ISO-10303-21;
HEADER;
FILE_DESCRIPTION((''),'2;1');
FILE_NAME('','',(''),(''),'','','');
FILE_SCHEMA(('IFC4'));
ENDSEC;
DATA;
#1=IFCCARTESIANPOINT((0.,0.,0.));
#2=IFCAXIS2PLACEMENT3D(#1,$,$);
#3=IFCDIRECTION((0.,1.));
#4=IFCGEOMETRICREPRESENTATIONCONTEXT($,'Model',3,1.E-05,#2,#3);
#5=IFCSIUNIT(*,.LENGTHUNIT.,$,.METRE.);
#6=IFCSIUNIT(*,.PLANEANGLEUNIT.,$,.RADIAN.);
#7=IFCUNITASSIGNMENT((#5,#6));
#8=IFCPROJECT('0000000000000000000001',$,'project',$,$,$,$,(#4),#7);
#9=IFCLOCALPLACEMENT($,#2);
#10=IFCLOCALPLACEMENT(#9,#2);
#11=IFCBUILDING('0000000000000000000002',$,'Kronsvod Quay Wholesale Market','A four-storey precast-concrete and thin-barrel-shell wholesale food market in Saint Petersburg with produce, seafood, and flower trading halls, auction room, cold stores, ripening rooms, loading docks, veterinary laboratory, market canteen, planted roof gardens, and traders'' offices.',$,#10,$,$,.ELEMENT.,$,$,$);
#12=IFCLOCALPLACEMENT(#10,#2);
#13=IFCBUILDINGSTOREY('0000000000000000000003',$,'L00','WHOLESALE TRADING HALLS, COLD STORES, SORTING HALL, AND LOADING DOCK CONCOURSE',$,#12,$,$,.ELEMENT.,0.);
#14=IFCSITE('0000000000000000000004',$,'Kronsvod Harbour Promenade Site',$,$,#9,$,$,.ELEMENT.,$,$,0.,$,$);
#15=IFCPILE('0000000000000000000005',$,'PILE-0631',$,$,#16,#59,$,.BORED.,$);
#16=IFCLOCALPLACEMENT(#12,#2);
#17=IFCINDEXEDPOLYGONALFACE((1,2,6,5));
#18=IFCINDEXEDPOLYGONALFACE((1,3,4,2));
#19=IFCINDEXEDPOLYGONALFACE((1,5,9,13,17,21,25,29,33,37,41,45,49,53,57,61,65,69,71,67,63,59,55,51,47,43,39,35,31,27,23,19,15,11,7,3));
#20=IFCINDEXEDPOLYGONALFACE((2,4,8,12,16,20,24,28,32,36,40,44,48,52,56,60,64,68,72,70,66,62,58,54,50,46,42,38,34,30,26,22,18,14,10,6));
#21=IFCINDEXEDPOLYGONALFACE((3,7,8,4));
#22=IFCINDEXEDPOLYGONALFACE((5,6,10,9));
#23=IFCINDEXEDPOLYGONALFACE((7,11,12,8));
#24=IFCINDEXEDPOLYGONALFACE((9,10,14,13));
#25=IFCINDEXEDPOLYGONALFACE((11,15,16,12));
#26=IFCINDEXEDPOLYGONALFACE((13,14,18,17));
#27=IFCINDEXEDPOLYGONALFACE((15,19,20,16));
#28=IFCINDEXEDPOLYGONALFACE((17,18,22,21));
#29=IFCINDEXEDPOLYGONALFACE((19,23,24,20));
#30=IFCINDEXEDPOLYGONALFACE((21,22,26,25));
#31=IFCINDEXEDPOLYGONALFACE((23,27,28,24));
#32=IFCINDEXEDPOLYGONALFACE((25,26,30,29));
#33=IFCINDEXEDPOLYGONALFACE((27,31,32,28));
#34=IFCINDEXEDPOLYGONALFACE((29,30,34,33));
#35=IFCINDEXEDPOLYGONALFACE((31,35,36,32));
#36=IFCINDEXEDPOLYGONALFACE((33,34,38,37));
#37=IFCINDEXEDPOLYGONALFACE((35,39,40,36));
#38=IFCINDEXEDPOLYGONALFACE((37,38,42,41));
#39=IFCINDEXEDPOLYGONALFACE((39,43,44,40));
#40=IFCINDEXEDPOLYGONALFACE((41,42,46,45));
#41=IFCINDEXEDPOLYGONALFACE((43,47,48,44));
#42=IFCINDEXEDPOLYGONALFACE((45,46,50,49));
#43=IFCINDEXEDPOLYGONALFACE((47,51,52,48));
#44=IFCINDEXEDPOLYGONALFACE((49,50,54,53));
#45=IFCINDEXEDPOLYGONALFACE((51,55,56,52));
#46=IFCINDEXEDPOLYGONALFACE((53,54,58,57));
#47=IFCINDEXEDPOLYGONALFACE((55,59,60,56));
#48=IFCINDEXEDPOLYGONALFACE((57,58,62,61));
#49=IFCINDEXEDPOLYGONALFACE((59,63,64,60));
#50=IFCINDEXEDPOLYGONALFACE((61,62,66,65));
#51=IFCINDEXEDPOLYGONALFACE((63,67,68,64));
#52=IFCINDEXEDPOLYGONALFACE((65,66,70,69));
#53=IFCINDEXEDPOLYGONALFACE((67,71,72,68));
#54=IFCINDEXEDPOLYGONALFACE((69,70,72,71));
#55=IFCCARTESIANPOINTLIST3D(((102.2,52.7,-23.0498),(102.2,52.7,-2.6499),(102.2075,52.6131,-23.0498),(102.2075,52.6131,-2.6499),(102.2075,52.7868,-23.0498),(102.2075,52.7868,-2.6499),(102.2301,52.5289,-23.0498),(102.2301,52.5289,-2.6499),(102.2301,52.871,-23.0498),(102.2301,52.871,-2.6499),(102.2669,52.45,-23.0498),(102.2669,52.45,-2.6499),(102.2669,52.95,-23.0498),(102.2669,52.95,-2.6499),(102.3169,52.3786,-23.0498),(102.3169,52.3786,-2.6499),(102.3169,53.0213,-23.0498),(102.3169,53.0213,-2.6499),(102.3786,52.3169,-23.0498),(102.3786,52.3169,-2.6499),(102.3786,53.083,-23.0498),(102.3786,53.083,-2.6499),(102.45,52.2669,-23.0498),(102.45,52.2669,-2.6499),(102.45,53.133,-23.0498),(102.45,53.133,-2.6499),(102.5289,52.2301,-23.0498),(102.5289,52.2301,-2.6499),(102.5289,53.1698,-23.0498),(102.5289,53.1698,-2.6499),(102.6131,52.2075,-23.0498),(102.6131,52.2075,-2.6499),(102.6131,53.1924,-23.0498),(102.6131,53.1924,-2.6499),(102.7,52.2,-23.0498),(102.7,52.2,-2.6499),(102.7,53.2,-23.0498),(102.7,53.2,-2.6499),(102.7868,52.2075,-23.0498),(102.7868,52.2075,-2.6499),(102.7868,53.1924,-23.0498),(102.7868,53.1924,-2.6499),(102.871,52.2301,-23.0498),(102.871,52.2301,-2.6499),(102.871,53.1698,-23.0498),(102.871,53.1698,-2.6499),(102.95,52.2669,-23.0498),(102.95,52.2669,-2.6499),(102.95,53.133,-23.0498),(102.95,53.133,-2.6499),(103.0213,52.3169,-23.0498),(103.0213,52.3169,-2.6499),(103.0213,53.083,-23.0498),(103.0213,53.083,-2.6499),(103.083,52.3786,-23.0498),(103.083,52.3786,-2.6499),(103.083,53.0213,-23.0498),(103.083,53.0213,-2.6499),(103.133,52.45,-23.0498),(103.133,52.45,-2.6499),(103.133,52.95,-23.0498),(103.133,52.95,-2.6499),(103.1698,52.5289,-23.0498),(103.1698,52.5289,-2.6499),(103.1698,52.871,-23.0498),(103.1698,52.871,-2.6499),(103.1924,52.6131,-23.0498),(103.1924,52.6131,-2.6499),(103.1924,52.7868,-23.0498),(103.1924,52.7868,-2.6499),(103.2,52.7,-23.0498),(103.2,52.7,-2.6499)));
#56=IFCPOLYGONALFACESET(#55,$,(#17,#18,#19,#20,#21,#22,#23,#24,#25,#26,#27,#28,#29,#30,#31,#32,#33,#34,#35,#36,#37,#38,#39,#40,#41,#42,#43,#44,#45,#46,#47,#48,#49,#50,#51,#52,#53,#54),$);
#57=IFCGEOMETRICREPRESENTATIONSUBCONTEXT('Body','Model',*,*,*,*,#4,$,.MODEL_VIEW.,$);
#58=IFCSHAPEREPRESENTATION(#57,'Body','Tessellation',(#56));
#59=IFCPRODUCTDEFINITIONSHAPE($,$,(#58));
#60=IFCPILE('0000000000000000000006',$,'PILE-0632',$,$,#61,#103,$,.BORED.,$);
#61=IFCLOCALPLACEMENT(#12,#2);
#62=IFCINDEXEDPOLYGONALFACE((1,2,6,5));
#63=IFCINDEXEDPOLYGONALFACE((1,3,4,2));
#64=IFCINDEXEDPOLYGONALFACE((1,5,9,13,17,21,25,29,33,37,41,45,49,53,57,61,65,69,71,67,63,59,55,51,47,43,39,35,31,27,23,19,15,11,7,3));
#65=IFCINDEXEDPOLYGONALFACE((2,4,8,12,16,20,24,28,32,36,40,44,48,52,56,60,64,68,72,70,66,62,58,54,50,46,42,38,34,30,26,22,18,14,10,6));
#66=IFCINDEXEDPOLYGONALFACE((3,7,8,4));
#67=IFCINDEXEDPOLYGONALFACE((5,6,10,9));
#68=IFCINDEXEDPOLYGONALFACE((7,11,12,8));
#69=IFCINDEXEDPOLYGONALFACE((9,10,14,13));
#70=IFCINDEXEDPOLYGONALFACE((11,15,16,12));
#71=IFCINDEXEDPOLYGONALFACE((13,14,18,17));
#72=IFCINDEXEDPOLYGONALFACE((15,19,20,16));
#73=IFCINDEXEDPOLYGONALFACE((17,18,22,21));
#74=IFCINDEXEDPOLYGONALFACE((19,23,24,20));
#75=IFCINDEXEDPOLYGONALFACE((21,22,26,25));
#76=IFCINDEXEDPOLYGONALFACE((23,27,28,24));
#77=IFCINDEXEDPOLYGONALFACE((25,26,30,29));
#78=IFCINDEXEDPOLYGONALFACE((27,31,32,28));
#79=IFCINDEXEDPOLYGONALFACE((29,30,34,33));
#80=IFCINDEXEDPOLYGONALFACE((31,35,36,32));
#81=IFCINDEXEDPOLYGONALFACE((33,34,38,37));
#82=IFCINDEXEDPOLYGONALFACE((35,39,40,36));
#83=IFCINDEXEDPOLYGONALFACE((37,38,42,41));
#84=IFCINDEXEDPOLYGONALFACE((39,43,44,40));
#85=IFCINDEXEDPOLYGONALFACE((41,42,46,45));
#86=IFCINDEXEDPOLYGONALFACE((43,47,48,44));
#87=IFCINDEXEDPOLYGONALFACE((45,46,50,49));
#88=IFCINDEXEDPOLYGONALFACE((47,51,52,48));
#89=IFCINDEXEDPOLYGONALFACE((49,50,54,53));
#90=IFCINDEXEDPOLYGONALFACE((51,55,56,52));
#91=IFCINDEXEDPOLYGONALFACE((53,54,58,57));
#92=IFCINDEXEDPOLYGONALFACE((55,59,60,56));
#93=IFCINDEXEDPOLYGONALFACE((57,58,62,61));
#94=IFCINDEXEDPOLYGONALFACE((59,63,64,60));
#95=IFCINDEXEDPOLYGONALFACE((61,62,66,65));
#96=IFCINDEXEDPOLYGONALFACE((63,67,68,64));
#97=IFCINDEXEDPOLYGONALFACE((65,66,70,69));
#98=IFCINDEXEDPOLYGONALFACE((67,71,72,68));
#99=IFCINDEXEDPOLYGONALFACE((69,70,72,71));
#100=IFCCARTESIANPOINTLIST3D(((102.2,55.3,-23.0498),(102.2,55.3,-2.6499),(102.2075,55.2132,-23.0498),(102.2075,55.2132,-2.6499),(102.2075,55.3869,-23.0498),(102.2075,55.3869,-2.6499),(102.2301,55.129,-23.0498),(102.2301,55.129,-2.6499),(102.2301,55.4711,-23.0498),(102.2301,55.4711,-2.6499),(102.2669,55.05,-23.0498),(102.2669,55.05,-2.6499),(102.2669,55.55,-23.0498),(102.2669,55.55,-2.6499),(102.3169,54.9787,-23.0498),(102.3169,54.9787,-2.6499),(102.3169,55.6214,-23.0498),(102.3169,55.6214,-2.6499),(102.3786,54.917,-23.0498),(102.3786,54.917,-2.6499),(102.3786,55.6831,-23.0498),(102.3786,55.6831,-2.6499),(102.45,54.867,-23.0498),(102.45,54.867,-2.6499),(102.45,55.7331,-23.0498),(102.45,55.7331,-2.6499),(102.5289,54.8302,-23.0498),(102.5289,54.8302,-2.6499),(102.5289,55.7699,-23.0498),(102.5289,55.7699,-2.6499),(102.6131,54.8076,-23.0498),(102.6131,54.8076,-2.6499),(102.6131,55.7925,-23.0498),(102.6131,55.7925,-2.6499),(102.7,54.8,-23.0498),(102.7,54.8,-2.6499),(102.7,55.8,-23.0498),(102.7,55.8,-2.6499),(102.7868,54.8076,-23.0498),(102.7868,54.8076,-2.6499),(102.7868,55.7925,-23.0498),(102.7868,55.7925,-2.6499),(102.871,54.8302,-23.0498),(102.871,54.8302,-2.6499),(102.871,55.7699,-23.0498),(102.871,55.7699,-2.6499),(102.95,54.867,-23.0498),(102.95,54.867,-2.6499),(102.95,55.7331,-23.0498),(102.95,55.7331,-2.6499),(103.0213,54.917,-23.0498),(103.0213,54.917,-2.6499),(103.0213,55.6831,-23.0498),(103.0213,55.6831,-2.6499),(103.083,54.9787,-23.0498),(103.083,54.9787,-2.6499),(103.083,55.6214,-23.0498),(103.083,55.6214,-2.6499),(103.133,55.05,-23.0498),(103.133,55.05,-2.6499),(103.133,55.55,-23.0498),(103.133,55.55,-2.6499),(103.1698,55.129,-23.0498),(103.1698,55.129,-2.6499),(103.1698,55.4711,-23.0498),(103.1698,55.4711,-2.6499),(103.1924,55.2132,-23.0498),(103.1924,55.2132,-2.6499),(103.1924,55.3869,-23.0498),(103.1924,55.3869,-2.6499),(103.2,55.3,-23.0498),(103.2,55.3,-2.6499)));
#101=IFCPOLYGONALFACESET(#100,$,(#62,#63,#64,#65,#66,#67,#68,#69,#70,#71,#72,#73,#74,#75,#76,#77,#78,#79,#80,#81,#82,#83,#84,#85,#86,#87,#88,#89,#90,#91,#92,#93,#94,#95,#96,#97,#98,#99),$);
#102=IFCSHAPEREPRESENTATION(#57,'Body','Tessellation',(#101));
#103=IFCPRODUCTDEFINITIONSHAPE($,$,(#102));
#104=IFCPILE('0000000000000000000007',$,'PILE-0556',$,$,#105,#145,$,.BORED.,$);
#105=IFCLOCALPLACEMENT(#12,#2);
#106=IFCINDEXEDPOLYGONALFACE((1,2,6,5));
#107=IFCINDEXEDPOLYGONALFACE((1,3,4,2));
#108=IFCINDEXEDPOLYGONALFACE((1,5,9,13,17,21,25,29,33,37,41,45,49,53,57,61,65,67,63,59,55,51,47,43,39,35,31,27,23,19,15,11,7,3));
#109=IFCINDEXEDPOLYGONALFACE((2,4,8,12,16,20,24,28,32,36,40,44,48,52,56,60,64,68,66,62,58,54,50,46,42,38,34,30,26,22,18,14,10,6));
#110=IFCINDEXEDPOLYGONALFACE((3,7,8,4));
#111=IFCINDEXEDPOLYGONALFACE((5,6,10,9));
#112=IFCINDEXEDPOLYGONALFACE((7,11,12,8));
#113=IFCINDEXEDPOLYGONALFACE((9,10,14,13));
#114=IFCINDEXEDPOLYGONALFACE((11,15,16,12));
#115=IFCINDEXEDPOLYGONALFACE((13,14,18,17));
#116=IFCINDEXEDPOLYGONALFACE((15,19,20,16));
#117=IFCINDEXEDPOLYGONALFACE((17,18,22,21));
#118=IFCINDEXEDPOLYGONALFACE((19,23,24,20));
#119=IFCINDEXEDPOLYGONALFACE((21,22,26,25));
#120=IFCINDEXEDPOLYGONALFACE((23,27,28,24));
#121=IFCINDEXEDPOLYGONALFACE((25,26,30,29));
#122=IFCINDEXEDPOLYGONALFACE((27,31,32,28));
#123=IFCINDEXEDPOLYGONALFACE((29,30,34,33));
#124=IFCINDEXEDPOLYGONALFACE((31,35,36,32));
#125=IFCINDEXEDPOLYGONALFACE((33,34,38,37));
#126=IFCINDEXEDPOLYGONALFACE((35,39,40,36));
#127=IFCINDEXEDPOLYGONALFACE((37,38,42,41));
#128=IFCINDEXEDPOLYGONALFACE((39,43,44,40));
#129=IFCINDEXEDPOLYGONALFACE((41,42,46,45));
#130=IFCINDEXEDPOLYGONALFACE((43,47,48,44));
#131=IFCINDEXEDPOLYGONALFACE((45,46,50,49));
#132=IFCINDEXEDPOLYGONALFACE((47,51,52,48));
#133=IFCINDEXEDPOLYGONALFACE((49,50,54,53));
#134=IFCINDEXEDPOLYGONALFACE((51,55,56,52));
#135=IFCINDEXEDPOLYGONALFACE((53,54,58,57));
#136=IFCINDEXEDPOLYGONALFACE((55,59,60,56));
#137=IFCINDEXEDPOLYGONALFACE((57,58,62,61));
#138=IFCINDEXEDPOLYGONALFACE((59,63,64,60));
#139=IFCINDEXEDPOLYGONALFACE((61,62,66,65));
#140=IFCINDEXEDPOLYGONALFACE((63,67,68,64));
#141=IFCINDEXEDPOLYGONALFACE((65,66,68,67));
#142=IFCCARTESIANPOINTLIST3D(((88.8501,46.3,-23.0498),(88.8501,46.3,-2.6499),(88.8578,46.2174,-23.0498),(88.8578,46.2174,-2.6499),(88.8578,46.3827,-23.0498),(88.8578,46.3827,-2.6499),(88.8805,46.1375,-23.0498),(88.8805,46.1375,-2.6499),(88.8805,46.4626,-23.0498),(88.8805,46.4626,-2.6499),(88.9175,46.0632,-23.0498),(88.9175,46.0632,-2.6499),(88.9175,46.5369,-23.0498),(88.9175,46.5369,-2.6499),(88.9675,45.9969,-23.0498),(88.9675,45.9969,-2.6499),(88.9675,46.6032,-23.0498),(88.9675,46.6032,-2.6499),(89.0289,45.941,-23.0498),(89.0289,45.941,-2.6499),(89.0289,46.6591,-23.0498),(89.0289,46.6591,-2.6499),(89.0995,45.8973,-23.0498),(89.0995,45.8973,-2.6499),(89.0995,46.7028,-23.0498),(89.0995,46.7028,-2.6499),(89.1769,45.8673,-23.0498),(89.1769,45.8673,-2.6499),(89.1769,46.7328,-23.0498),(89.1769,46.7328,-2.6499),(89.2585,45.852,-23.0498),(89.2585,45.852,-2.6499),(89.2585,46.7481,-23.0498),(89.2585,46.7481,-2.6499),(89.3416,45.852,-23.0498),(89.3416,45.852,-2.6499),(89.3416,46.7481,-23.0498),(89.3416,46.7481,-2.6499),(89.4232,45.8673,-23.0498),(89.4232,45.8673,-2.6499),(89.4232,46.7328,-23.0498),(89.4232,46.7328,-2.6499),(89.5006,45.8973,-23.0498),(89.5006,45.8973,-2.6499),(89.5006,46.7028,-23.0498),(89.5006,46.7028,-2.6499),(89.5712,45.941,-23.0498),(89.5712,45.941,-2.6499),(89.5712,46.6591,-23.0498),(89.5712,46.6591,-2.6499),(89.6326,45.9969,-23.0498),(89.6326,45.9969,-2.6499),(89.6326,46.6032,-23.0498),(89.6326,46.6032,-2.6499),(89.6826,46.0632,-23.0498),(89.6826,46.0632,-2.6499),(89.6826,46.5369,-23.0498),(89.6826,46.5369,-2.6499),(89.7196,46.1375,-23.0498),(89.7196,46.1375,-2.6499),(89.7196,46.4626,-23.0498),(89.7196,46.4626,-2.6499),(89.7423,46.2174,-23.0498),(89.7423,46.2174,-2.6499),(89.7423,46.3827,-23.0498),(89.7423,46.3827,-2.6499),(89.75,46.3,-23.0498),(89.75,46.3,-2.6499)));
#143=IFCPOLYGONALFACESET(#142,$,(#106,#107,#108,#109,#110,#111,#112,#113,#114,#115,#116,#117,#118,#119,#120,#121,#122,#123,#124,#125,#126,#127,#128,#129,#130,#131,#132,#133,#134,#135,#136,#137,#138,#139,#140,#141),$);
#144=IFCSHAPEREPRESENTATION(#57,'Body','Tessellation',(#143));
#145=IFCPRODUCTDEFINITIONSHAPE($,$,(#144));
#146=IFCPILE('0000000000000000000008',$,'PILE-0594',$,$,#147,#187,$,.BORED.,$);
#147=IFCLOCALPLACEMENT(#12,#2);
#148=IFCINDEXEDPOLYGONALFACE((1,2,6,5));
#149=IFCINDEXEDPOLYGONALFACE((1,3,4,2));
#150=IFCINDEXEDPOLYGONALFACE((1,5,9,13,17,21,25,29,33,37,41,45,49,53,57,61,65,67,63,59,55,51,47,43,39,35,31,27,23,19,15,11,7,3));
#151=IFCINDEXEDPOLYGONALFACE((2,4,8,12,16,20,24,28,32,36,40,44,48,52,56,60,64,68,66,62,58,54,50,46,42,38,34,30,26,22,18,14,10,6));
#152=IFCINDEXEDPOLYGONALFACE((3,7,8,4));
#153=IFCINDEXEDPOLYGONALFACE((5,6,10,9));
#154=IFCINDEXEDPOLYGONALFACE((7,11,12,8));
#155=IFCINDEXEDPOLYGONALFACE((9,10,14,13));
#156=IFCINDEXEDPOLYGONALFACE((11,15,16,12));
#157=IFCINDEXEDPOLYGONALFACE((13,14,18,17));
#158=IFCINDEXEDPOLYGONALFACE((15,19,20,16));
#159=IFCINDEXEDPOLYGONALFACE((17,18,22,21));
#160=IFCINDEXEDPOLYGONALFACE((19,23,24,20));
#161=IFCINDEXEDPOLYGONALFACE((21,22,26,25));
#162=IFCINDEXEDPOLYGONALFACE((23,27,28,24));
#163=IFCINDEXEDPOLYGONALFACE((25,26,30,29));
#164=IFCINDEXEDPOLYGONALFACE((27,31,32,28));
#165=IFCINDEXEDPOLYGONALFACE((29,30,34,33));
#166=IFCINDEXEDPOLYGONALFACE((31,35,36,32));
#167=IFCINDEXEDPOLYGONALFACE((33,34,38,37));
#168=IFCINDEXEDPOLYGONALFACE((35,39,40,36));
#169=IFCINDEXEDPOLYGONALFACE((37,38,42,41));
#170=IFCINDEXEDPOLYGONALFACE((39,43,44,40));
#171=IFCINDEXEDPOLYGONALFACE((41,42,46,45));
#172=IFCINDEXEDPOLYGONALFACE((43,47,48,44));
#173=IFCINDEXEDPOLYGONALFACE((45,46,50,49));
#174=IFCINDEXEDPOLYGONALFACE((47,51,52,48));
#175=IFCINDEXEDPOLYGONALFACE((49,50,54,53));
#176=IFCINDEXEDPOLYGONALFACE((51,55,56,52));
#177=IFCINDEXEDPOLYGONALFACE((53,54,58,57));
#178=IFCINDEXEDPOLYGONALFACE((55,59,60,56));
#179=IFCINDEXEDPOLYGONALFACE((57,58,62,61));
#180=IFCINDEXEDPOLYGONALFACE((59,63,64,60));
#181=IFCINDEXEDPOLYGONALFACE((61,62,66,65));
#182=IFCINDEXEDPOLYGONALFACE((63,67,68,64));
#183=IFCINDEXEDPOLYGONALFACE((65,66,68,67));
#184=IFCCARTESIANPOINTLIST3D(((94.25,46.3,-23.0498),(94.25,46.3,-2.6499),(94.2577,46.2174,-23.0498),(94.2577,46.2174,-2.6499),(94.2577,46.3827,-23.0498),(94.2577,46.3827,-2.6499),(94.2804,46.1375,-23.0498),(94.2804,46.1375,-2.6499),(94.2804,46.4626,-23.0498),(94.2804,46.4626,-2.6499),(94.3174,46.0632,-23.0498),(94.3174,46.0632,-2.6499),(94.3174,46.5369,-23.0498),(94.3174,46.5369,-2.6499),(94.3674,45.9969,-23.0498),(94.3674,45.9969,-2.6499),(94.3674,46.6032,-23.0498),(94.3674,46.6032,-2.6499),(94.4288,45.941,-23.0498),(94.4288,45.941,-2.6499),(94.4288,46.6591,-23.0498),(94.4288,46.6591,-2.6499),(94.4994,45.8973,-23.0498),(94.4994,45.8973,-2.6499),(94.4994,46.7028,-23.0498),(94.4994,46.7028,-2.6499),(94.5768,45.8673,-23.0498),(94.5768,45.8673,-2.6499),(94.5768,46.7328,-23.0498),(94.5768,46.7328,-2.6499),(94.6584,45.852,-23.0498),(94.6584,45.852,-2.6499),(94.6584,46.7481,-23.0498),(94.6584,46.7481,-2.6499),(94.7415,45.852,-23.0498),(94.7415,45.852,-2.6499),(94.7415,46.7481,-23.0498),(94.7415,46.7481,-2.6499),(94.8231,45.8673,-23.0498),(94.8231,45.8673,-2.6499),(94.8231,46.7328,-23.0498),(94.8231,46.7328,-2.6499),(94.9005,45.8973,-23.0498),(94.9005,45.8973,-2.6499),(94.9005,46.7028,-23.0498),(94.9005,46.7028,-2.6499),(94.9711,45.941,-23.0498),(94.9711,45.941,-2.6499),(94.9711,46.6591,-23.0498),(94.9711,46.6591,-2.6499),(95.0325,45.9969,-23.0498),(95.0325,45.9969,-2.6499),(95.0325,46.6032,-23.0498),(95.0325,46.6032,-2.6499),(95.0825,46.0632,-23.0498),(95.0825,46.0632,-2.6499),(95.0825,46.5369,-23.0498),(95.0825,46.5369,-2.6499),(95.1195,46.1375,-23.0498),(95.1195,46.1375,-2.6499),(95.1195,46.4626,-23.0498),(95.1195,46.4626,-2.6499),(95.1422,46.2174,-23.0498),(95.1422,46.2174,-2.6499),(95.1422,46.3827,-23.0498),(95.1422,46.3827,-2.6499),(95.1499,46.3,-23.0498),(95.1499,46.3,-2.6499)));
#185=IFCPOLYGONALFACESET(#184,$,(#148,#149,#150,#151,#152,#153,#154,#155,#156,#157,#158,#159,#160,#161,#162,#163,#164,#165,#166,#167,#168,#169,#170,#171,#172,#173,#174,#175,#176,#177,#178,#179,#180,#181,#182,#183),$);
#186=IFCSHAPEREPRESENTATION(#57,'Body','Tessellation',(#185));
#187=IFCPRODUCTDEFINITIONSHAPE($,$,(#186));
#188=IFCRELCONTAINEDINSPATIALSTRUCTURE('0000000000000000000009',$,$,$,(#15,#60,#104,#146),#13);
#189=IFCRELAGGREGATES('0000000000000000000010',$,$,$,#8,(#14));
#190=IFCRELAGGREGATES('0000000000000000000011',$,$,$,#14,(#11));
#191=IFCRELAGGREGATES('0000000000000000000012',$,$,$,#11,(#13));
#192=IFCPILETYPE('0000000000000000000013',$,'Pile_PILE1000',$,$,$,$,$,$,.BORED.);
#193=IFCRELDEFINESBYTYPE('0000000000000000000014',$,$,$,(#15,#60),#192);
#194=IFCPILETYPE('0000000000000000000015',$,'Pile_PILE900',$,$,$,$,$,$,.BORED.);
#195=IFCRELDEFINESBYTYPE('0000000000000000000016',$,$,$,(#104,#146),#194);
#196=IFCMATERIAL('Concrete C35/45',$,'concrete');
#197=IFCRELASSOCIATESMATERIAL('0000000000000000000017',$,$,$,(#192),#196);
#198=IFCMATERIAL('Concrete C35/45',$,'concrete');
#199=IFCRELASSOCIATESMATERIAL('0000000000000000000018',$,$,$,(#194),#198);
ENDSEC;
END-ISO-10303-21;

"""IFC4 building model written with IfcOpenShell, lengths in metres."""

from ifc_helpers import new_model, si_unit, direction, frame, origin, origin_2d, place, context, subcontext, project, spatial, circle, extrude, material, material_profile, profile_set, type_object, element, save


model = new_model("IFC4")

# Units and contexts
model_context = context("Model", 3, precision=1e-05, world=origin(), true_north=direction((0.0, 1.0)))
body_context = subcontext(model_context, "Body", "Model", "MODEL_VIEW")
ifc_project = project(units=[si_unit("LENGTHUNIT", "METRE"), si_unit("PLANEANGLEUNIT", "RADIAN")], contexts=[model_context])

# Site, building, storey
site_placement = place(None, origin())
site = spatial("IfcSite", under=ifc_project, at=site_placement, Name="Kronsvod Harbour Promenade Site", CompositionType="ELEMENT", RefElevation=0.0)
building_placement = place(site_placement, origin())
building = spatial("IfcBuilding", under=site, at=building_placement, Name="Kronsvod Quay Wholesale Market", Description="A four-storey precast-concrete and thin-barrel-shell wholesale food market in Saint Petersburg with produce, seafood, and flower trading halls, auction room, cold stores, ripening rooms, loading docks, veterinary laboratory, market canteen, planted roof gardens, and traders' offices.", CompositionType="ELEMENT")
storey_placement = place(building_placement, origin())
storey = spatial("IfcBuildingStorey", under=building, at=storey_placement, Name="L00", Description="WHOLESALE TRADING HALLS, COLD STORES, SORTING HALL, AND LOADING DOCK CONCOURSE", CompositionType="ELEMENT", Elevation=0.0)

# Piles
ifc_material_1 = material(Name="Concrete C35/45", Category="concrete")
ifc_material_profile_1 = material_profile(ifc_material_1, circle(Radius=0.5, at=origin_2d()), Name="PILE1000")
ifc_profile_set_1 = profile_set([ifc_material_profile_1], Name="Concrete C35/45")
pile_type_1 = type_object("IfcPileType", Name="Pile_PILE1000", PredefinedType="BORED", material=ifc_profile_set_1)
for number, where, z_axis, x_axis, name in (
    (1, (102.7, 52.7, -2.6499), (0.0, 0.0, -1.0), (1.0, 0.0, 0.0), "PILE-0631"),
    (2, (102.7, 55.3, -2.6499), (0.0, 0.0, -1.0), (1.0, 0.0, 0.0), "PILE-0632"),
):
    element("IfcPile", number, at=place(storey_placement, frame(where, z_axis=z_axis, x_axis=x_axis)), inside=storey, type_object=pile_type_1, Name=name, PredefinedType="BORED", context=body_context, shape_type="SweptSolid", body=[
        extrude(circle(Radius=0.5, at=origin_2d()), origin(), (0.0, 0.0, 1.0), 20.3999),
    ])
ifc_material_2 = material(Name="Concrete C35/45", Category="concrete")
ifc_material_profile_2 = material_profile(ifc_material_2, circle(Radius=0.45, at=origin_2d()), Name="PILE900")
ifc_profile_set_2 = profile_set([ifc_material_profile_2], Name="Concrete C35/45")
pile_type_2 = type_object("IfcPileType", Name="Pile_PILE900", PredefinedType="BORED", material=ifc_profile_set_2)
for number, where, z_axis, x_axis, name in (
    (3, (89.3, 46.3, -2.6499), (0.0, 0.0, -1.0), (1.0, 0.0, 0.0), "PILE-0556"),
    (4, (94.7, 46.3, -2.6499), (0.0, 0.0, -1.0), (1.0, 0.0, 0.0), "PILE-0594"),
):
    element("IfcPile", number, at=place(storey_placement, frame(where, z_axis=z_axis, x_axis=x_axis)), inside=storey, type_object=pile_type_2, Name=name, PredefinedType="BORED", context=body_context, shape_type="SweptSolid", body=[
        extrude(circle(Radius=0.45, at=origin_2d()), origin(), (0.0, 0.0, 1.0), 20.3999),
    ])

save(model, "model.ifc")
